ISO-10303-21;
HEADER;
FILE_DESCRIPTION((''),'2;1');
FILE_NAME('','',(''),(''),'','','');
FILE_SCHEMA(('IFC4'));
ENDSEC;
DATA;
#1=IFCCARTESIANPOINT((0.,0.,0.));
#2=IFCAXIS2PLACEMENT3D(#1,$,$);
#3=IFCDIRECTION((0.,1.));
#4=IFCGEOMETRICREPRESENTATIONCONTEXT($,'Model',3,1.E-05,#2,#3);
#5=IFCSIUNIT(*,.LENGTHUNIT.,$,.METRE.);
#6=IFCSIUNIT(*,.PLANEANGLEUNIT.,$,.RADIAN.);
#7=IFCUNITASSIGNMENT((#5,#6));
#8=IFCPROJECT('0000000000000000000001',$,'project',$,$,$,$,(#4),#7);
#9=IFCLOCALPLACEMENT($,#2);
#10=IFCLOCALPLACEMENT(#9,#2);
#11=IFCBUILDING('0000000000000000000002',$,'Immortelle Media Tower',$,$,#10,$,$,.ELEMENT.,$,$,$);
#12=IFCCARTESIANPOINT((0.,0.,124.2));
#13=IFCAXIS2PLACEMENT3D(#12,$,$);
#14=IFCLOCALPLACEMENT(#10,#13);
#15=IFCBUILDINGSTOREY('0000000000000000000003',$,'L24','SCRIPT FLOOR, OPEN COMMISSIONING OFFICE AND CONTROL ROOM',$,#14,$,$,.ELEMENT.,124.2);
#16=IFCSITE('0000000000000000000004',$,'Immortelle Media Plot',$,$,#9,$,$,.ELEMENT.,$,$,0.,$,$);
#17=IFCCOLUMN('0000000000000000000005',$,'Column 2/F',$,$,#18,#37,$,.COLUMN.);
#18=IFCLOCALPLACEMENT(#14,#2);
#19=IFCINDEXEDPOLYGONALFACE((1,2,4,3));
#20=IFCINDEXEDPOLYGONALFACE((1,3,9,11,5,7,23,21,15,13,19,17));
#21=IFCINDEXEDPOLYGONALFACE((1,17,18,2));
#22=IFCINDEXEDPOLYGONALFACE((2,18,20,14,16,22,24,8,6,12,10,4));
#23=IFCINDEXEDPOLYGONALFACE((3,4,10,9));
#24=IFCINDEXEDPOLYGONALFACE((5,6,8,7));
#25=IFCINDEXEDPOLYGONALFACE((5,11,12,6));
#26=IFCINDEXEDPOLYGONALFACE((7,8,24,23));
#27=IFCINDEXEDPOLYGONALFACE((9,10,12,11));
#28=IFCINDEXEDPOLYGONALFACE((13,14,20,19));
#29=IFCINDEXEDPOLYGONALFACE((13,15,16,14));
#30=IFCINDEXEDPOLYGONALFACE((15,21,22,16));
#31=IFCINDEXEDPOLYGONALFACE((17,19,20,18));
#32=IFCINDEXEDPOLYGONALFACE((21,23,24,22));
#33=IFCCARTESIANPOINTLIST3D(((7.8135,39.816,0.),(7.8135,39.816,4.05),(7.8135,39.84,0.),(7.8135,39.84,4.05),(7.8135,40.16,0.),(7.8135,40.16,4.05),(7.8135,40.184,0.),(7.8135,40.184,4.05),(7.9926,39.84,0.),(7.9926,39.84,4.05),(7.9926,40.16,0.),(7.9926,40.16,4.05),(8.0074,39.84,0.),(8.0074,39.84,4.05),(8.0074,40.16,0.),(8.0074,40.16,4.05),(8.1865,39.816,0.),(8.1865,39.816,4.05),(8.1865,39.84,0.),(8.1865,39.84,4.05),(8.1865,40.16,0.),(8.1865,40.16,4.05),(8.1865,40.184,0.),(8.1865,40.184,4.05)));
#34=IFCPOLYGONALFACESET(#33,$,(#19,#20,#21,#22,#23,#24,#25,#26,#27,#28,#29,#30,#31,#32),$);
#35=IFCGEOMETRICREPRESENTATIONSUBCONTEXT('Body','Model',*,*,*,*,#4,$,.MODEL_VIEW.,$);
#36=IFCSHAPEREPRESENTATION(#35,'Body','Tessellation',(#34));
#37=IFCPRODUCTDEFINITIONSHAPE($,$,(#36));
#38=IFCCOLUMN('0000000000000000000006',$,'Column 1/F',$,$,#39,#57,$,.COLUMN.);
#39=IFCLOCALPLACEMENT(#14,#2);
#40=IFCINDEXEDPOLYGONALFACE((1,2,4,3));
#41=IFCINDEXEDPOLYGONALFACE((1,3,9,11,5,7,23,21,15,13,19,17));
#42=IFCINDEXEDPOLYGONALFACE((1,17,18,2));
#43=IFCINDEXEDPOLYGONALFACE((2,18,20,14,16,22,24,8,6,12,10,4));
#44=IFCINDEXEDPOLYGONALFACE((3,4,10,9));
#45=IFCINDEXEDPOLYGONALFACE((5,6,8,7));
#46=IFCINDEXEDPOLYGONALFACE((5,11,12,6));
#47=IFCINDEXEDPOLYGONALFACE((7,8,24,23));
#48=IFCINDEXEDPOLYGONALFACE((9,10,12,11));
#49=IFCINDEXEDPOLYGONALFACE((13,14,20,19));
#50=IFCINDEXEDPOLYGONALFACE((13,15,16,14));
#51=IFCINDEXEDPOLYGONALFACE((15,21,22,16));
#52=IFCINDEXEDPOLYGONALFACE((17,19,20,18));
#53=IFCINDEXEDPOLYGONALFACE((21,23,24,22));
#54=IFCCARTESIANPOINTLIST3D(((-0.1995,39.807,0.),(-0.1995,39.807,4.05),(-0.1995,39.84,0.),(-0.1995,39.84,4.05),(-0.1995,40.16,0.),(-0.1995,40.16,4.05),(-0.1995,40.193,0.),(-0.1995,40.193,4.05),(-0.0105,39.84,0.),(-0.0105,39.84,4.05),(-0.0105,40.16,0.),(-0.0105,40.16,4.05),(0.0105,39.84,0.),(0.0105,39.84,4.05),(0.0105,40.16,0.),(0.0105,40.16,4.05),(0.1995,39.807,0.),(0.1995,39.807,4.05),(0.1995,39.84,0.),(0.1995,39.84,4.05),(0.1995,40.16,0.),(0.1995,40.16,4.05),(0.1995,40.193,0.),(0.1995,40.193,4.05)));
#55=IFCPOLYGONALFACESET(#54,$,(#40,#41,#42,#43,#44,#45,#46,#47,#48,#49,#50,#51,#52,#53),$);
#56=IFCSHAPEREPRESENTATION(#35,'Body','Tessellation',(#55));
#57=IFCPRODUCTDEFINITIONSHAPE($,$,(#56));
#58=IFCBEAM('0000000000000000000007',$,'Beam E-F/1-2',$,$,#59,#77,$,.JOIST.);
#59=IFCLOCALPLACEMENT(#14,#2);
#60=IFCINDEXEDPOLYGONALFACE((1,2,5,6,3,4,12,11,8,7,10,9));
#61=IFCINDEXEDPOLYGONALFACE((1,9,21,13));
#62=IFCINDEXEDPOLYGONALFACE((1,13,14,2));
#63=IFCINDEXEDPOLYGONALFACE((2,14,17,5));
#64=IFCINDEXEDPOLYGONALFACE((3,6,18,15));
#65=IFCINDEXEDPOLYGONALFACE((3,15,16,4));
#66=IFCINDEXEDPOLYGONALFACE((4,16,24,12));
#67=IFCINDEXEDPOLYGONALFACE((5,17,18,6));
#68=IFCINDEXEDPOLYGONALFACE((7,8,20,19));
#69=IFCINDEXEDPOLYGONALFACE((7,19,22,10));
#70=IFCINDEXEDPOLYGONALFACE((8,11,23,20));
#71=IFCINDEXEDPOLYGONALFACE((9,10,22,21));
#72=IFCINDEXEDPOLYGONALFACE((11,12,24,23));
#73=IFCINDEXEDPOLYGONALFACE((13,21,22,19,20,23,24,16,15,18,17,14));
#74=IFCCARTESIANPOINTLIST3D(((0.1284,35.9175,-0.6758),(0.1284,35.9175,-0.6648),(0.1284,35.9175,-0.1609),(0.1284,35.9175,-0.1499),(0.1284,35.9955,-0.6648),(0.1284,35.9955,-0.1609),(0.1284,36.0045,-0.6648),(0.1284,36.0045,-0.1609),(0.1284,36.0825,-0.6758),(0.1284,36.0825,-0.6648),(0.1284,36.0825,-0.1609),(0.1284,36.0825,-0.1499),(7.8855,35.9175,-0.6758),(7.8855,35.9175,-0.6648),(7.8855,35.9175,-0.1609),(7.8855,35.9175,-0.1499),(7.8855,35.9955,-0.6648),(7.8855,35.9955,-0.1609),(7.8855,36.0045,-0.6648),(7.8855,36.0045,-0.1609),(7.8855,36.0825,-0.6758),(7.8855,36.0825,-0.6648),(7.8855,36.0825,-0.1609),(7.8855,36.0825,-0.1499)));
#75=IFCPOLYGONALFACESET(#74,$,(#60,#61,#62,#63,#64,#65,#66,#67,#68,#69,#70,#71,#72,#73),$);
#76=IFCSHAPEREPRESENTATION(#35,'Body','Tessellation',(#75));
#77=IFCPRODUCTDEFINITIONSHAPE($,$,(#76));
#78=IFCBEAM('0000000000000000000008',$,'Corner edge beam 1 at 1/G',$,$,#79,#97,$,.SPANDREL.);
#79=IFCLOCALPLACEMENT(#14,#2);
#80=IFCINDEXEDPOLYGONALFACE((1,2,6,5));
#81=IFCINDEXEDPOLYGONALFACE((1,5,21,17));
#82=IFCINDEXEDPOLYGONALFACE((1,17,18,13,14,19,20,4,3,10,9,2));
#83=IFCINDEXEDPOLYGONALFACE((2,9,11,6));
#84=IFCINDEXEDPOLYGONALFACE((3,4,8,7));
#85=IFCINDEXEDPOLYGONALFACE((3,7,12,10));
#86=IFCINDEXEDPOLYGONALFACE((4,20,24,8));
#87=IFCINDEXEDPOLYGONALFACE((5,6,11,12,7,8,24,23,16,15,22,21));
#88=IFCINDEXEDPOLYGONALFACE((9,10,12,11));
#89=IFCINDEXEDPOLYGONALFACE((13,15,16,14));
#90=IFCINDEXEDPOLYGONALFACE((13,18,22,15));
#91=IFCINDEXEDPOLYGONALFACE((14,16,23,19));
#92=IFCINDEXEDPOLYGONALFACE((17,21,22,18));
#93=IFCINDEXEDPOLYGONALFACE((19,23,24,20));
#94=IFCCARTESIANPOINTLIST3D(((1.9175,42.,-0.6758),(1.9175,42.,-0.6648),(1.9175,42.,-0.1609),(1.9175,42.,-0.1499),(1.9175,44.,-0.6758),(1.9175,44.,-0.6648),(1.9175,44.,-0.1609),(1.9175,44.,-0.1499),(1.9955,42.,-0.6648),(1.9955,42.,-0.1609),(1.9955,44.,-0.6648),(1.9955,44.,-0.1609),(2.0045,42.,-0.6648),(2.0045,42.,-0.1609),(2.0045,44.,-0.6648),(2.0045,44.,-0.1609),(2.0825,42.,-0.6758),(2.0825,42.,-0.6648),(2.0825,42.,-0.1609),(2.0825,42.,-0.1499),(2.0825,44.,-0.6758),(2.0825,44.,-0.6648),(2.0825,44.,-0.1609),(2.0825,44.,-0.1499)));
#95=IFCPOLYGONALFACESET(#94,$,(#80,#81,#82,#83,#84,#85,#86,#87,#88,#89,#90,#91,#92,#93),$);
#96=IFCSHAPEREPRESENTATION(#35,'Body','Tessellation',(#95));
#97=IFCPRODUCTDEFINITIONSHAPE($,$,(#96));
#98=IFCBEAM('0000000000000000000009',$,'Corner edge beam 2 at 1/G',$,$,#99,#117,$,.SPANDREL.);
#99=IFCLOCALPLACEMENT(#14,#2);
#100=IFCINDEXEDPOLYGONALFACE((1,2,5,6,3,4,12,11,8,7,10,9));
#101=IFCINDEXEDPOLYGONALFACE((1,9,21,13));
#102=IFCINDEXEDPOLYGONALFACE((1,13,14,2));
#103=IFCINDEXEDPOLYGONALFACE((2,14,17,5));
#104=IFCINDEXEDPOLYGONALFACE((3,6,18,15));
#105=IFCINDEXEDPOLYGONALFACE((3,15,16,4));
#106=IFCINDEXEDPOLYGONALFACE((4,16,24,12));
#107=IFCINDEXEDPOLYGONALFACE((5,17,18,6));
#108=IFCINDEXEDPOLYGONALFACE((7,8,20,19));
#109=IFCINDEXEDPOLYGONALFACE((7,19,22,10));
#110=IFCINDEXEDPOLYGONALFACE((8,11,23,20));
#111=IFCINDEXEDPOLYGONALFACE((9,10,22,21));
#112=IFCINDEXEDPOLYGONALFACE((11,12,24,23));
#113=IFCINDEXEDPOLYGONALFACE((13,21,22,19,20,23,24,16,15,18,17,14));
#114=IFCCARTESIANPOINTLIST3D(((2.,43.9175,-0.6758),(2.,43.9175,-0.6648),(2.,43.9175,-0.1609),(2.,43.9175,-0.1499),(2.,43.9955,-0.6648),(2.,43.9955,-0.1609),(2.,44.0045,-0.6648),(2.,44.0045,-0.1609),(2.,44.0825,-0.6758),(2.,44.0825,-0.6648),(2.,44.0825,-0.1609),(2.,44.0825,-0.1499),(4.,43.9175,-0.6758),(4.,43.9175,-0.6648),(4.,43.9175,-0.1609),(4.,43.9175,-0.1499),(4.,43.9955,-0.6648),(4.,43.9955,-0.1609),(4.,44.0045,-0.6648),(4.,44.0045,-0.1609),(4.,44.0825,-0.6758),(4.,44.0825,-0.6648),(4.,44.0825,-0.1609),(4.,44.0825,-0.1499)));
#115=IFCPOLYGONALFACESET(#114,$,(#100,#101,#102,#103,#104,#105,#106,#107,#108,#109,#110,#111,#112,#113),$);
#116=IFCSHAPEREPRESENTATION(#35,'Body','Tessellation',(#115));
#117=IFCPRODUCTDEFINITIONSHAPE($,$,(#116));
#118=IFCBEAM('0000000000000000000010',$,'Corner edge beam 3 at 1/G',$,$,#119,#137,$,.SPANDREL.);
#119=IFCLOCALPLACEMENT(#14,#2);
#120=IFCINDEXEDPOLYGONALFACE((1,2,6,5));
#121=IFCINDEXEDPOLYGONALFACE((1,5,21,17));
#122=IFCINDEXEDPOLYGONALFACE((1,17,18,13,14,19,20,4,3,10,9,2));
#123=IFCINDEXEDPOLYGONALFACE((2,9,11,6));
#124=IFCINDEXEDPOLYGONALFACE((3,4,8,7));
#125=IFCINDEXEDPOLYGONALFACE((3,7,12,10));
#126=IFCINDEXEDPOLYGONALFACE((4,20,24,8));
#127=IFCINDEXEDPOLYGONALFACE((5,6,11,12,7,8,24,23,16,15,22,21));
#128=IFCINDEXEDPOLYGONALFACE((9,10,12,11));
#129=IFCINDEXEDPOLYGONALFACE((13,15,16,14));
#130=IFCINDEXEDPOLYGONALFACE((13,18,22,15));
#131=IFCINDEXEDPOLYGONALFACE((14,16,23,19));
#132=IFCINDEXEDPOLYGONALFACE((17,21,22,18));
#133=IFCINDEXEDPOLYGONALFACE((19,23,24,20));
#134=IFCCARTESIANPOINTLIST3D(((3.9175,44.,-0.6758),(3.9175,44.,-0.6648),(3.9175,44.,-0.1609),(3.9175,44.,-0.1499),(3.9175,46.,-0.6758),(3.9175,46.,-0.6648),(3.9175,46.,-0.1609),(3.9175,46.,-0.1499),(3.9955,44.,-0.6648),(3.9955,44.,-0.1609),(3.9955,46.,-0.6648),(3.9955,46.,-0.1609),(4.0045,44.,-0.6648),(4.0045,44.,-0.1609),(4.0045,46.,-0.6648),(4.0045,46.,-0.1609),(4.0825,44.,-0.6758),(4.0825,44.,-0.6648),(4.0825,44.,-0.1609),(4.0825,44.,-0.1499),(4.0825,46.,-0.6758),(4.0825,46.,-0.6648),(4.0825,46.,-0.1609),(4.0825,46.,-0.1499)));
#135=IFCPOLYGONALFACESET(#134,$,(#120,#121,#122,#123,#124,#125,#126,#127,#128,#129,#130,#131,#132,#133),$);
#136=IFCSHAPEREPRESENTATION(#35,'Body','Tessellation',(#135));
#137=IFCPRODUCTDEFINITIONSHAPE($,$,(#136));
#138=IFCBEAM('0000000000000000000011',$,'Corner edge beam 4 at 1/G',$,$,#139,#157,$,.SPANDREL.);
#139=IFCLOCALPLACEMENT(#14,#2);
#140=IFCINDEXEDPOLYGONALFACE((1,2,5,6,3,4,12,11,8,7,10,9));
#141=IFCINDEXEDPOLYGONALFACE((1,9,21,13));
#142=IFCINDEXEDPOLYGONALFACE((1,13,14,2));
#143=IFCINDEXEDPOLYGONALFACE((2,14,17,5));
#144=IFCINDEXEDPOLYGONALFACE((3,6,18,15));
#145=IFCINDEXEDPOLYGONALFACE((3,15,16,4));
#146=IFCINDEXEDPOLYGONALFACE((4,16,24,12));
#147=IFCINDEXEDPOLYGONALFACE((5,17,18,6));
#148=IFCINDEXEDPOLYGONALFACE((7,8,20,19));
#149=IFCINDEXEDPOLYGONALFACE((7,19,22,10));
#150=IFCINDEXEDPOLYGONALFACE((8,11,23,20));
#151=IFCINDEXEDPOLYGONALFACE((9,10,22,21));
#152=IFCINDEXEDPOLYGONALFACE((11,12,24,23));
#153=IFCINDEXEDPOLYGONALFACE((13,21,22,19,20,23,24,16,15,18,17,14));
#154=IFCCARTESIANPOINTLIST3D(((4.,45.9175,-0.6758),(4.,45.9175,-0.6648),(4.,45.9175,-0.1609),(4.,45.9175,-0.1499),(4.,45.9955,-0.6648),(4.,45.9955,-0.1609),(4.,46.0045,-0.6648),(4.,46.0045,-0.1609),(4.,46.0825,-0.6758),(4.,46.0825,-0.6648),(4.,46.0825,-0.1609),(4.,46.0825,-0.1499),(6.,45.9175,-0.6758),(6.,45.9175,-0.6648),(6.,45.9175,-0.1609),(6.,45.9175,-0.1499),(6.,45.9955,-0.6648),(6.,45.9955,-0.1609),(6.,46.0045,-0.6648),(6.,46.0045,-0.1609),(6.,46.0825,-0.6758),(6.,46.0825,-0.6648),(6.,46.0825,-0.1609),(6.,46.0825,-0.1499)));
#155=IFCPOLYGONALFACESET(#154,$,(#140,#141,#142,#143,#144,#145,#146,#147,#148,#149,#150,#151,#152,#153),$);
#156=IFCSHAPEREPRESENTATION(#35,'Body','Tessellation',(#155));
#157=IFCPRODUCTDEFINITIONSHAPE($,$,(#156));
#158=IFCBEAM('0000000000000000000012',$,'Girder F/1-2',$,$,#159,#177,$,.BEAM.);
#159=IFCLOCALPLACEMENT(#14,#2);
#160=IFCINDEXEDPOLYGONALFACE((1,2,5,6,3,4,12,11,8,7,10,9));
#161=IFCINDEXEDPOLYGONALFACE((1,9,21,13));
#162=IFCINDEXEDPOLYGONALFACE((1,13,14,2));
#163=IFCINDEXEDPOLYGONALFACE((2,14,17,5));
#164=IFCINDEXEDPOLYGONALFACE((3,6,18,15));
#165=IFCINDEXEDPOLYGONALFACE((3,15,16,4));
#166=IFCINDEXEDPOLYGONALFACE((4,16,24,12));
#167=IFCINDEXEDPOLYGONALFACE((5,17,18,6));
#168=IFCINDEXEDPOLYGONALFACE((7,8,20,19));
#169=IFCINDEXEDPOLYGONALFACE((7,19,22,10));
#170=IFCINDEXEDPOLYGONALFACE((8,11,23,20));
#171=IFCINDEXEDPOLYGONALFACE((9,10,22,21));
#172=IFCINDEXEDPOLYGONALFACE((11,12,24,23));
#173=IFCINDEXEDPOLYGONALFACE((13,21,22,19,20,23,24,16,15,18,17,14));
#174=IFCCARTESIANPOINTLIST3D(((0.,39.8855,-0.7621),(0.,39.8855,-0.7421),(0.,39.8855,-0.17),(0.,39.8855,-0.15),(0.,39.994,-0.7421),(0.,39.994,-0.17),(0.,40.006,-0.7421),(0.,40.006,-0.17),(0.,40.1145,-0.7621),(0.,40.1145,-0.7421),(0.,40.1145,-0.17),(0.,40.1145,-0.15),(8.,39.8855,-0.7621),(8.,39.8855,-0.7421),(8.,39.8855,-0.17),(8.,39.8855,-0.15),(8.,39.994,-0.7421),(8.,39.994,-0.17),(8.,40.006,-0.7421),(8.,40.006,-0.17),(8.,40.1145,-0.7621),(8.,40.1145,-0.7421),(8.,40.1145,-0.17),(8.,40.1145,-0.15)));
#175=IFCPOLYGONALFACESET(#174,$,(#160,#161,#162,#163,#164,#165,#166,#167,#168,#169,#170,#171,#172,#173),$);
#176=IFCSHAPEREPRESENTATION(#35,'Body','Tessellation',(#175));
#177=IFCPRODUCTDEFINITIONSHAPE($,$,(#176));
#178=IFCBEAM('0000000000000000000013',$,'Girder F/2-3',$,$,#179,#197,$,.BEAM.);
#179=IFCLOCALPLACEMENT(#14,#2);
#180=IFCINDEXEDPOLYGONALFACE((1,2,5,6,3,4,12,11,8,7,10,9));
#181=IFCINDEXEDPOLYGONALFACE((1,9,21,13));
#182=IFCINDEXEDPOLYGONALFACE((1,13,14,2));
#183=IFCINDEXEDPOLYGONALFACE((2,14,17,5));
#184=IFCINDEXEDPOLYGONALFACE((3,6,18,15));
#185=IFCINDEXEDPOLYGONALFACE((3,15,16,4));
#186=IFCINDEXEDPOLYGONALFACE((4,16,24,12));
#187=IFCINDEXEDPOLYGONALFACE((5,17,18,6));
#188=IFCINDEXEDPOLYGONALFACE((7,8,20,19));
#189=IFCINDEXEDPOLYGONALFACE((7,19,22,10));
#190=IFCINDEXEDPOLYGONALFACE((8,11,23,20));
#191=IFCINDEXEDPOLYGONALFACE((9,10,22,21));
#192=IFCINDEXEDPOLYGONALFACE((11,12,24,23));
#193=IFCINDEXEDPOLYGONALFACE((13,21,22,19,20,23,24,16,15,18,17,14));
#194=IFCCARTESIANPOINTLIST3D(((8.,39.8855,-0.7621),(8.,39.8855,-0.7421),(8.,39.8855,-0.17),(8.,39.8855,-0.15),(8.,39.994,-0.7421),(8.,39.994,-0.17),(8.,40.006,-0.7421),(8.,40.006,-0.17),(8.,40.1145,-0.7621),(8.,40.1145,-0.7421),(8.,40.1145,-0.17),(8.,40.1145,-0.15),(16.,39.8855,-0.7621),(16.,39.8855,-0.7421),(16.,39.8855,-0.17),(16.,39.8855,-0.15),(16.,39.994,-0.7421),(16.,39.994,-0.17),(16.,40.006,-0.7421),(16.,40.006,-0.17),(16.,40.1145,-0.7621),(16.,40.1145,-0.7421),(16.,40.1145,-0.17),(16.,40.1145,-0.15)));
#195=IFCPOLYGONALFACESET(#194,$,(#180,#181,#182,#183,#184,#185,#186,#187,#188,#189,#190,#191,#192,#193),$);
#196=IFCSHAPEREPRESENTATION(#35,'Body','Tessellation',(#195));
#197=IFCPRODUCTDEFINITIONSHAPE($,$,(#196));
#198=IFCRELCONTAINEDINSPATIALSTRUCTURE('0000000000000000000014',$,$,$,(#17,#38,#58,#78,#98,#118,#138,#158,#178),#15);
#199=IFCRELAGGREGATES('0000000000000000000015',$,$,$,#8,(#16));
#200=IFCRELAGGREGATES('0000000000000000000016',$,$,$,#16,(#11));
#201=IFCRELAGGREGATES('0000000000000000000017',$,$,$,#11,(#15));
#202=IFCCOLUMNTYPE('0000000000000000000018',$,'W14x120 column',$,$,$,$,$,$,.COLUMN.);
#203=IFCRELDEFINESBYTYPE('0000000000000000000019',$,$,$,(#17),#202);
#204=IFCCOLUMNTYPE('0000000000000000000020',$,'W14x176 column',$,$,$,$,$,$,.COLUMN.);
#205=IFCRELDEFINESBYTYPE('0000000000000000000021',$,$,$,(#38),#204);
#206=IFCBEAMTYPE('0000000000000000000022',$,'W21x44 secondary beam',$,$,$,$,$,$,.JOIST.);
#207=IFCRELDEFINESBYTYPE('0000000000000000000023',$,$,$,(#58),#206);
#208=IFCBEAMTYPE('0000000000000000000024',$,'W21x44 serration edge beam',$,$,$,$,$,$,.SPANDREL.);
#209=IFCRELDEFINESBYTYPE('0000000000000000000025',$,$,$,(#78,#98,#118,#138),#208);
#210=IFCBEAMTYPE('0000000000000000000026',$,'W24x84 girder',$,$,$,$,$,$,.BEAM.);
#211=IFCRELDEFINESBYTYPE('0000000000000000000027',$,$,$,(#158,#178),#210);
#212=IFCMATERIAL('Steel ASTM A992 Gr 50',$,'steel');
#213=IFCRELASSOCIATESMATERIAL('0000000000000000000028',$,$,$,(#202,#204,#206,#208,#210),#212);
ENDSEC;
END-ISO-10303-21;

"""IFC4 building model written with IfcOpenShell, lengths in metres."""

from ifc_helpers import new_model, si_unit, direction, frame, origin, origin_2d, place, context, subcontext, project, spatial, i_section, extrude, material, material_profile, profile_set, type_object, element, save


model = new_model("IFC4")

# Units and contexts
model_context = context("Model", 3, precision=1e-05, world=origin(), true_north=direction((0.0, 1.0)))
body_context = subcontext(model_context, "Body", "Model", "MODEL_VIEW")
ifc_project = project(units=[si_unit("LENGTHUNIT", "METRE"), si_unit("PLANEANGLEUNIT", "RADIAN")], contexts=[model_context])

# Site, building, storey
site_placement = place(None, origin())
site = spatial("IfcSite", under=ifc_project, at=site_placement, Name="Immortelle Media Plot", CompositionType="ELEMENT", RefElevation=0.0)
building_placement = place(site_placement, origin())
building = spatial("IfcBuilding", under=site, at=building_placement, Name="Immortelle Media Tower", CompositionType="ELEMENT")
storey_placement = place(building_placement, frame((0.0, 0.0, 124.2)))
storey = spatial("IfcBuildingStorey", under=building, at=storey_placement, Name="L24", Description="SCRIPT FLOOR, OPEN COMMISSIONING OFFICE AND CONTROL ROOM", CompositionType="ELEMENT", Elevation=124.2)

# Columns
ifc_material_1 = material(Name="Steel ASTM A992 Gr 50", Category="steel")
ifc_material_profile_1 = material_profile(ifc_material_1, i_section(OverallWidth=0.373, OverallDepth=0.3679, WebThickness=0.0149, FlangeThickness=0.0239, at=origin_2d()), Name="W14x120")
ifc_profile_set_1 = profile_set([ifc_material_profile_1], Name="Steel ASTM A992 Gr 50")
column_type_1 = type_object("IfcColumnType", Name="W14x120 column", PredefinedType="COLUMN", material=ifc_profile_set_1)
column_1_placement = place(storey_placement, frame((8.0, 40.0, 0.0), z_axis=(0.0, 0.0, 1.0), x_axis=(1.0, 0.0, 0.0)))
element("IfcColumn", 1, at=column_1_placement, inside=storey, type_object=column_type_1, Name="Column 2/F", PredefinedType="COLUMN", context=body_context, shape_type="SweptSolid", body=[
    extrude(i_section(OverallWidth=0.373, OverallDepth=0.3679, WebThickness=0.0149, FlangeThickness=0.0239, at=origin_2d()), origin(), (0.0, 0.0, 1.0), 4.05),
])
ifc_material_profile_2 = material_profile(ifc_material_1, i_section(OverallWidth=0.3989, OverallDepth=0.386, WebThickness=0.021, FlangeThickness=0.033, at=origin_2d()), Name="W14x176")
ifc_profile_set_2 = profile_set([ifc_material_profile_2], Name="Steel ASTM A992 Gr 50")
column_type_2 = type_object("IfcColumnType", Name="W14x176 column", PredefinedType="COLUMN", material=ifc_profile_set_2)
column_2_placement = place(storey_placement, frame((0.0, 40.0, 0.0), z_axis=(0.0, 0.0, 1.0), x_axis=(1.0, 0.0, 0.0)))
element("IfcColumn", 2, at=column_2_placement, inside=storey, type_object=column_type_2, Name="Column 1/F", PredefinedType="COLUMN", context=body_context, shape_type="SweptSolid", body=[
    extrude(i_section(OverallWidth=0.3989, OverallDepth=0.386, WebThickness=0.021, FlangeThickness=0.033, at=origin_2d()), origin(), (0.0, 0.0, 1.0), 4.05),
])

# Beams
ifc_material_profile_3 = material_profile(ifc_material_1, i_section(OverallWidth=0.165, OverallDepth=0.5259, WebThickness=0.009, FlangeThickness=0.011, at=origin_2d()), Name="W21x44")
ifc_profile_set_3 = profile_set([ifc_material_profile_3], Name="Steel ASTM A992 Gr 50")
beam_type_1 = type_object("IfcBeamType", Name="W21x44 secondary beam", PredefinedType="JOIST", material=ifc_profile_set_3)
beam_1_placement = place(storey_placement, frame((0.1284, 36.0, -0.4128), z_axis=(1.0, 0.0, 0.0), x_axis=(0.0, 1.0, 0.0)))
element("IfcBeam", 3, at=beam_1_placement, inside=storey, type_object=beam_type_1, Name="Beam E-F/1-2", PredefinedType="JOIST", context=body_context, shape_type="SweptSolid", body=[
    extrude(i_section(OverallWidth=0.165, OverallDepth=0.5259, WebThickness=0.009, FlangeThickness=0.011, at=origin_2d()), origin(), (0.0, 0.0, 1.0), 7.7571),
])
ifc_material_profile_4 = material_profile(ifc_material_1, i_section(OverallWidth=0.165, OverallDepth=0.5259, WebThickness=0.009, FlangeThickness=0.011, at=origin_2d()), Name="W21x44")
ifc_profile_set_4 = profile_set([ifc_material_profile_4], Name="Steel ASTM A992 Gr 50")
beam_type_2 = type_object("IfcBeamType", Name="W21x44 serration edge beam", PredefinedType="SPANDREL", material=ifc_profile_set_4)
for number, where, z_axis, x_axis, name in (
    (4, (2.0, 42.0, -0.4128), (0.0, 1.0, 0.0), (-1.0, 0.0, 0.0), "Corner edge beam 1 at 1/G"),
    (5, (2.0, 44.0, -0.4128), (1.0, 0.0, 0.0), (0.0, 1.0, 0.0), "Corner edge beam 2 at 1/G"),
    (6, (4.0, 44.0, -0.4128), (0.0, 1.0, 0.0), (-1.0, 0.0, 0.0), "Corner edge beam 3 at 1/G"),
    (7, (4.0, 46.0, -0.4128), (1.0, 0.0, 0.0), (0.0, 1.0, 0.0), "Corner edge beam 4 at 1/G"),
):
    element("IfcBeam", number, at=place(storey_placement, frame(where, z_axis=z_axis, x_axis=x_axis)), inside=storey, type_object=beam_type_2, Name=name, PredefinedType="SPANDREL", context=body_context, shape_type="SweptSolid", body=[
        extrude(i_section(OverallWidth=0.165, OverallDepth=0.5259, WebThickness=0.009, FlangeThickness=0.011, at=origin_2d()), origin(), (0.0, 0.0, 1.0), 2.0),
    ])
ifc_material_profile_5 = material_profile(ifc_material_1, i_section(OverallWidth=0.229, OverallDepth=0.6121, WebThickness=0.012, FlangeThickness=0.02, at=origin_2d()), Name="W24x84")
ifc_profile_set_5 = profile_set([ifc_material_profile_5], Name="Steel ASTM A992 Gr 50")
beam_type_3 = type_object("IfcBeamType", Name="W24x84 girder", PredefinedType="BEAM", material=ifc_profile_set_5)
for number, where, z_axis, x_axis, name in (
    (8, (0.0, 40.0, -0.4561), (1.0, 0.0, 0.0), (0.0, 1.0, 0.0), "Girder F/1-2"),
    (9, (8.0, 40.0, -0.4561), (1.0, 0.0, 0.0), (0.0, 1.0, 0.0), "Girder F/2-3"),
):
    element("IfcBeam", number, at=place(storey_placement, frame(where, z_axis=z_axis, x_axis=x_axis)), inside=storey, type_object=beam_type_3, Name=name, PredefinedType="BEAM", context=body_context, shape_type="SweptSolid", body=[
        extrude(i_section(OverallWidth=0.229, OverallDepth=0.6121, WebThickness=0.012, FlangeThickness=0.02, at=origin_2d()), origin(), (0.0, 0.0, 1.0), 8.0),
    ])

save(model, "model.ifc")
